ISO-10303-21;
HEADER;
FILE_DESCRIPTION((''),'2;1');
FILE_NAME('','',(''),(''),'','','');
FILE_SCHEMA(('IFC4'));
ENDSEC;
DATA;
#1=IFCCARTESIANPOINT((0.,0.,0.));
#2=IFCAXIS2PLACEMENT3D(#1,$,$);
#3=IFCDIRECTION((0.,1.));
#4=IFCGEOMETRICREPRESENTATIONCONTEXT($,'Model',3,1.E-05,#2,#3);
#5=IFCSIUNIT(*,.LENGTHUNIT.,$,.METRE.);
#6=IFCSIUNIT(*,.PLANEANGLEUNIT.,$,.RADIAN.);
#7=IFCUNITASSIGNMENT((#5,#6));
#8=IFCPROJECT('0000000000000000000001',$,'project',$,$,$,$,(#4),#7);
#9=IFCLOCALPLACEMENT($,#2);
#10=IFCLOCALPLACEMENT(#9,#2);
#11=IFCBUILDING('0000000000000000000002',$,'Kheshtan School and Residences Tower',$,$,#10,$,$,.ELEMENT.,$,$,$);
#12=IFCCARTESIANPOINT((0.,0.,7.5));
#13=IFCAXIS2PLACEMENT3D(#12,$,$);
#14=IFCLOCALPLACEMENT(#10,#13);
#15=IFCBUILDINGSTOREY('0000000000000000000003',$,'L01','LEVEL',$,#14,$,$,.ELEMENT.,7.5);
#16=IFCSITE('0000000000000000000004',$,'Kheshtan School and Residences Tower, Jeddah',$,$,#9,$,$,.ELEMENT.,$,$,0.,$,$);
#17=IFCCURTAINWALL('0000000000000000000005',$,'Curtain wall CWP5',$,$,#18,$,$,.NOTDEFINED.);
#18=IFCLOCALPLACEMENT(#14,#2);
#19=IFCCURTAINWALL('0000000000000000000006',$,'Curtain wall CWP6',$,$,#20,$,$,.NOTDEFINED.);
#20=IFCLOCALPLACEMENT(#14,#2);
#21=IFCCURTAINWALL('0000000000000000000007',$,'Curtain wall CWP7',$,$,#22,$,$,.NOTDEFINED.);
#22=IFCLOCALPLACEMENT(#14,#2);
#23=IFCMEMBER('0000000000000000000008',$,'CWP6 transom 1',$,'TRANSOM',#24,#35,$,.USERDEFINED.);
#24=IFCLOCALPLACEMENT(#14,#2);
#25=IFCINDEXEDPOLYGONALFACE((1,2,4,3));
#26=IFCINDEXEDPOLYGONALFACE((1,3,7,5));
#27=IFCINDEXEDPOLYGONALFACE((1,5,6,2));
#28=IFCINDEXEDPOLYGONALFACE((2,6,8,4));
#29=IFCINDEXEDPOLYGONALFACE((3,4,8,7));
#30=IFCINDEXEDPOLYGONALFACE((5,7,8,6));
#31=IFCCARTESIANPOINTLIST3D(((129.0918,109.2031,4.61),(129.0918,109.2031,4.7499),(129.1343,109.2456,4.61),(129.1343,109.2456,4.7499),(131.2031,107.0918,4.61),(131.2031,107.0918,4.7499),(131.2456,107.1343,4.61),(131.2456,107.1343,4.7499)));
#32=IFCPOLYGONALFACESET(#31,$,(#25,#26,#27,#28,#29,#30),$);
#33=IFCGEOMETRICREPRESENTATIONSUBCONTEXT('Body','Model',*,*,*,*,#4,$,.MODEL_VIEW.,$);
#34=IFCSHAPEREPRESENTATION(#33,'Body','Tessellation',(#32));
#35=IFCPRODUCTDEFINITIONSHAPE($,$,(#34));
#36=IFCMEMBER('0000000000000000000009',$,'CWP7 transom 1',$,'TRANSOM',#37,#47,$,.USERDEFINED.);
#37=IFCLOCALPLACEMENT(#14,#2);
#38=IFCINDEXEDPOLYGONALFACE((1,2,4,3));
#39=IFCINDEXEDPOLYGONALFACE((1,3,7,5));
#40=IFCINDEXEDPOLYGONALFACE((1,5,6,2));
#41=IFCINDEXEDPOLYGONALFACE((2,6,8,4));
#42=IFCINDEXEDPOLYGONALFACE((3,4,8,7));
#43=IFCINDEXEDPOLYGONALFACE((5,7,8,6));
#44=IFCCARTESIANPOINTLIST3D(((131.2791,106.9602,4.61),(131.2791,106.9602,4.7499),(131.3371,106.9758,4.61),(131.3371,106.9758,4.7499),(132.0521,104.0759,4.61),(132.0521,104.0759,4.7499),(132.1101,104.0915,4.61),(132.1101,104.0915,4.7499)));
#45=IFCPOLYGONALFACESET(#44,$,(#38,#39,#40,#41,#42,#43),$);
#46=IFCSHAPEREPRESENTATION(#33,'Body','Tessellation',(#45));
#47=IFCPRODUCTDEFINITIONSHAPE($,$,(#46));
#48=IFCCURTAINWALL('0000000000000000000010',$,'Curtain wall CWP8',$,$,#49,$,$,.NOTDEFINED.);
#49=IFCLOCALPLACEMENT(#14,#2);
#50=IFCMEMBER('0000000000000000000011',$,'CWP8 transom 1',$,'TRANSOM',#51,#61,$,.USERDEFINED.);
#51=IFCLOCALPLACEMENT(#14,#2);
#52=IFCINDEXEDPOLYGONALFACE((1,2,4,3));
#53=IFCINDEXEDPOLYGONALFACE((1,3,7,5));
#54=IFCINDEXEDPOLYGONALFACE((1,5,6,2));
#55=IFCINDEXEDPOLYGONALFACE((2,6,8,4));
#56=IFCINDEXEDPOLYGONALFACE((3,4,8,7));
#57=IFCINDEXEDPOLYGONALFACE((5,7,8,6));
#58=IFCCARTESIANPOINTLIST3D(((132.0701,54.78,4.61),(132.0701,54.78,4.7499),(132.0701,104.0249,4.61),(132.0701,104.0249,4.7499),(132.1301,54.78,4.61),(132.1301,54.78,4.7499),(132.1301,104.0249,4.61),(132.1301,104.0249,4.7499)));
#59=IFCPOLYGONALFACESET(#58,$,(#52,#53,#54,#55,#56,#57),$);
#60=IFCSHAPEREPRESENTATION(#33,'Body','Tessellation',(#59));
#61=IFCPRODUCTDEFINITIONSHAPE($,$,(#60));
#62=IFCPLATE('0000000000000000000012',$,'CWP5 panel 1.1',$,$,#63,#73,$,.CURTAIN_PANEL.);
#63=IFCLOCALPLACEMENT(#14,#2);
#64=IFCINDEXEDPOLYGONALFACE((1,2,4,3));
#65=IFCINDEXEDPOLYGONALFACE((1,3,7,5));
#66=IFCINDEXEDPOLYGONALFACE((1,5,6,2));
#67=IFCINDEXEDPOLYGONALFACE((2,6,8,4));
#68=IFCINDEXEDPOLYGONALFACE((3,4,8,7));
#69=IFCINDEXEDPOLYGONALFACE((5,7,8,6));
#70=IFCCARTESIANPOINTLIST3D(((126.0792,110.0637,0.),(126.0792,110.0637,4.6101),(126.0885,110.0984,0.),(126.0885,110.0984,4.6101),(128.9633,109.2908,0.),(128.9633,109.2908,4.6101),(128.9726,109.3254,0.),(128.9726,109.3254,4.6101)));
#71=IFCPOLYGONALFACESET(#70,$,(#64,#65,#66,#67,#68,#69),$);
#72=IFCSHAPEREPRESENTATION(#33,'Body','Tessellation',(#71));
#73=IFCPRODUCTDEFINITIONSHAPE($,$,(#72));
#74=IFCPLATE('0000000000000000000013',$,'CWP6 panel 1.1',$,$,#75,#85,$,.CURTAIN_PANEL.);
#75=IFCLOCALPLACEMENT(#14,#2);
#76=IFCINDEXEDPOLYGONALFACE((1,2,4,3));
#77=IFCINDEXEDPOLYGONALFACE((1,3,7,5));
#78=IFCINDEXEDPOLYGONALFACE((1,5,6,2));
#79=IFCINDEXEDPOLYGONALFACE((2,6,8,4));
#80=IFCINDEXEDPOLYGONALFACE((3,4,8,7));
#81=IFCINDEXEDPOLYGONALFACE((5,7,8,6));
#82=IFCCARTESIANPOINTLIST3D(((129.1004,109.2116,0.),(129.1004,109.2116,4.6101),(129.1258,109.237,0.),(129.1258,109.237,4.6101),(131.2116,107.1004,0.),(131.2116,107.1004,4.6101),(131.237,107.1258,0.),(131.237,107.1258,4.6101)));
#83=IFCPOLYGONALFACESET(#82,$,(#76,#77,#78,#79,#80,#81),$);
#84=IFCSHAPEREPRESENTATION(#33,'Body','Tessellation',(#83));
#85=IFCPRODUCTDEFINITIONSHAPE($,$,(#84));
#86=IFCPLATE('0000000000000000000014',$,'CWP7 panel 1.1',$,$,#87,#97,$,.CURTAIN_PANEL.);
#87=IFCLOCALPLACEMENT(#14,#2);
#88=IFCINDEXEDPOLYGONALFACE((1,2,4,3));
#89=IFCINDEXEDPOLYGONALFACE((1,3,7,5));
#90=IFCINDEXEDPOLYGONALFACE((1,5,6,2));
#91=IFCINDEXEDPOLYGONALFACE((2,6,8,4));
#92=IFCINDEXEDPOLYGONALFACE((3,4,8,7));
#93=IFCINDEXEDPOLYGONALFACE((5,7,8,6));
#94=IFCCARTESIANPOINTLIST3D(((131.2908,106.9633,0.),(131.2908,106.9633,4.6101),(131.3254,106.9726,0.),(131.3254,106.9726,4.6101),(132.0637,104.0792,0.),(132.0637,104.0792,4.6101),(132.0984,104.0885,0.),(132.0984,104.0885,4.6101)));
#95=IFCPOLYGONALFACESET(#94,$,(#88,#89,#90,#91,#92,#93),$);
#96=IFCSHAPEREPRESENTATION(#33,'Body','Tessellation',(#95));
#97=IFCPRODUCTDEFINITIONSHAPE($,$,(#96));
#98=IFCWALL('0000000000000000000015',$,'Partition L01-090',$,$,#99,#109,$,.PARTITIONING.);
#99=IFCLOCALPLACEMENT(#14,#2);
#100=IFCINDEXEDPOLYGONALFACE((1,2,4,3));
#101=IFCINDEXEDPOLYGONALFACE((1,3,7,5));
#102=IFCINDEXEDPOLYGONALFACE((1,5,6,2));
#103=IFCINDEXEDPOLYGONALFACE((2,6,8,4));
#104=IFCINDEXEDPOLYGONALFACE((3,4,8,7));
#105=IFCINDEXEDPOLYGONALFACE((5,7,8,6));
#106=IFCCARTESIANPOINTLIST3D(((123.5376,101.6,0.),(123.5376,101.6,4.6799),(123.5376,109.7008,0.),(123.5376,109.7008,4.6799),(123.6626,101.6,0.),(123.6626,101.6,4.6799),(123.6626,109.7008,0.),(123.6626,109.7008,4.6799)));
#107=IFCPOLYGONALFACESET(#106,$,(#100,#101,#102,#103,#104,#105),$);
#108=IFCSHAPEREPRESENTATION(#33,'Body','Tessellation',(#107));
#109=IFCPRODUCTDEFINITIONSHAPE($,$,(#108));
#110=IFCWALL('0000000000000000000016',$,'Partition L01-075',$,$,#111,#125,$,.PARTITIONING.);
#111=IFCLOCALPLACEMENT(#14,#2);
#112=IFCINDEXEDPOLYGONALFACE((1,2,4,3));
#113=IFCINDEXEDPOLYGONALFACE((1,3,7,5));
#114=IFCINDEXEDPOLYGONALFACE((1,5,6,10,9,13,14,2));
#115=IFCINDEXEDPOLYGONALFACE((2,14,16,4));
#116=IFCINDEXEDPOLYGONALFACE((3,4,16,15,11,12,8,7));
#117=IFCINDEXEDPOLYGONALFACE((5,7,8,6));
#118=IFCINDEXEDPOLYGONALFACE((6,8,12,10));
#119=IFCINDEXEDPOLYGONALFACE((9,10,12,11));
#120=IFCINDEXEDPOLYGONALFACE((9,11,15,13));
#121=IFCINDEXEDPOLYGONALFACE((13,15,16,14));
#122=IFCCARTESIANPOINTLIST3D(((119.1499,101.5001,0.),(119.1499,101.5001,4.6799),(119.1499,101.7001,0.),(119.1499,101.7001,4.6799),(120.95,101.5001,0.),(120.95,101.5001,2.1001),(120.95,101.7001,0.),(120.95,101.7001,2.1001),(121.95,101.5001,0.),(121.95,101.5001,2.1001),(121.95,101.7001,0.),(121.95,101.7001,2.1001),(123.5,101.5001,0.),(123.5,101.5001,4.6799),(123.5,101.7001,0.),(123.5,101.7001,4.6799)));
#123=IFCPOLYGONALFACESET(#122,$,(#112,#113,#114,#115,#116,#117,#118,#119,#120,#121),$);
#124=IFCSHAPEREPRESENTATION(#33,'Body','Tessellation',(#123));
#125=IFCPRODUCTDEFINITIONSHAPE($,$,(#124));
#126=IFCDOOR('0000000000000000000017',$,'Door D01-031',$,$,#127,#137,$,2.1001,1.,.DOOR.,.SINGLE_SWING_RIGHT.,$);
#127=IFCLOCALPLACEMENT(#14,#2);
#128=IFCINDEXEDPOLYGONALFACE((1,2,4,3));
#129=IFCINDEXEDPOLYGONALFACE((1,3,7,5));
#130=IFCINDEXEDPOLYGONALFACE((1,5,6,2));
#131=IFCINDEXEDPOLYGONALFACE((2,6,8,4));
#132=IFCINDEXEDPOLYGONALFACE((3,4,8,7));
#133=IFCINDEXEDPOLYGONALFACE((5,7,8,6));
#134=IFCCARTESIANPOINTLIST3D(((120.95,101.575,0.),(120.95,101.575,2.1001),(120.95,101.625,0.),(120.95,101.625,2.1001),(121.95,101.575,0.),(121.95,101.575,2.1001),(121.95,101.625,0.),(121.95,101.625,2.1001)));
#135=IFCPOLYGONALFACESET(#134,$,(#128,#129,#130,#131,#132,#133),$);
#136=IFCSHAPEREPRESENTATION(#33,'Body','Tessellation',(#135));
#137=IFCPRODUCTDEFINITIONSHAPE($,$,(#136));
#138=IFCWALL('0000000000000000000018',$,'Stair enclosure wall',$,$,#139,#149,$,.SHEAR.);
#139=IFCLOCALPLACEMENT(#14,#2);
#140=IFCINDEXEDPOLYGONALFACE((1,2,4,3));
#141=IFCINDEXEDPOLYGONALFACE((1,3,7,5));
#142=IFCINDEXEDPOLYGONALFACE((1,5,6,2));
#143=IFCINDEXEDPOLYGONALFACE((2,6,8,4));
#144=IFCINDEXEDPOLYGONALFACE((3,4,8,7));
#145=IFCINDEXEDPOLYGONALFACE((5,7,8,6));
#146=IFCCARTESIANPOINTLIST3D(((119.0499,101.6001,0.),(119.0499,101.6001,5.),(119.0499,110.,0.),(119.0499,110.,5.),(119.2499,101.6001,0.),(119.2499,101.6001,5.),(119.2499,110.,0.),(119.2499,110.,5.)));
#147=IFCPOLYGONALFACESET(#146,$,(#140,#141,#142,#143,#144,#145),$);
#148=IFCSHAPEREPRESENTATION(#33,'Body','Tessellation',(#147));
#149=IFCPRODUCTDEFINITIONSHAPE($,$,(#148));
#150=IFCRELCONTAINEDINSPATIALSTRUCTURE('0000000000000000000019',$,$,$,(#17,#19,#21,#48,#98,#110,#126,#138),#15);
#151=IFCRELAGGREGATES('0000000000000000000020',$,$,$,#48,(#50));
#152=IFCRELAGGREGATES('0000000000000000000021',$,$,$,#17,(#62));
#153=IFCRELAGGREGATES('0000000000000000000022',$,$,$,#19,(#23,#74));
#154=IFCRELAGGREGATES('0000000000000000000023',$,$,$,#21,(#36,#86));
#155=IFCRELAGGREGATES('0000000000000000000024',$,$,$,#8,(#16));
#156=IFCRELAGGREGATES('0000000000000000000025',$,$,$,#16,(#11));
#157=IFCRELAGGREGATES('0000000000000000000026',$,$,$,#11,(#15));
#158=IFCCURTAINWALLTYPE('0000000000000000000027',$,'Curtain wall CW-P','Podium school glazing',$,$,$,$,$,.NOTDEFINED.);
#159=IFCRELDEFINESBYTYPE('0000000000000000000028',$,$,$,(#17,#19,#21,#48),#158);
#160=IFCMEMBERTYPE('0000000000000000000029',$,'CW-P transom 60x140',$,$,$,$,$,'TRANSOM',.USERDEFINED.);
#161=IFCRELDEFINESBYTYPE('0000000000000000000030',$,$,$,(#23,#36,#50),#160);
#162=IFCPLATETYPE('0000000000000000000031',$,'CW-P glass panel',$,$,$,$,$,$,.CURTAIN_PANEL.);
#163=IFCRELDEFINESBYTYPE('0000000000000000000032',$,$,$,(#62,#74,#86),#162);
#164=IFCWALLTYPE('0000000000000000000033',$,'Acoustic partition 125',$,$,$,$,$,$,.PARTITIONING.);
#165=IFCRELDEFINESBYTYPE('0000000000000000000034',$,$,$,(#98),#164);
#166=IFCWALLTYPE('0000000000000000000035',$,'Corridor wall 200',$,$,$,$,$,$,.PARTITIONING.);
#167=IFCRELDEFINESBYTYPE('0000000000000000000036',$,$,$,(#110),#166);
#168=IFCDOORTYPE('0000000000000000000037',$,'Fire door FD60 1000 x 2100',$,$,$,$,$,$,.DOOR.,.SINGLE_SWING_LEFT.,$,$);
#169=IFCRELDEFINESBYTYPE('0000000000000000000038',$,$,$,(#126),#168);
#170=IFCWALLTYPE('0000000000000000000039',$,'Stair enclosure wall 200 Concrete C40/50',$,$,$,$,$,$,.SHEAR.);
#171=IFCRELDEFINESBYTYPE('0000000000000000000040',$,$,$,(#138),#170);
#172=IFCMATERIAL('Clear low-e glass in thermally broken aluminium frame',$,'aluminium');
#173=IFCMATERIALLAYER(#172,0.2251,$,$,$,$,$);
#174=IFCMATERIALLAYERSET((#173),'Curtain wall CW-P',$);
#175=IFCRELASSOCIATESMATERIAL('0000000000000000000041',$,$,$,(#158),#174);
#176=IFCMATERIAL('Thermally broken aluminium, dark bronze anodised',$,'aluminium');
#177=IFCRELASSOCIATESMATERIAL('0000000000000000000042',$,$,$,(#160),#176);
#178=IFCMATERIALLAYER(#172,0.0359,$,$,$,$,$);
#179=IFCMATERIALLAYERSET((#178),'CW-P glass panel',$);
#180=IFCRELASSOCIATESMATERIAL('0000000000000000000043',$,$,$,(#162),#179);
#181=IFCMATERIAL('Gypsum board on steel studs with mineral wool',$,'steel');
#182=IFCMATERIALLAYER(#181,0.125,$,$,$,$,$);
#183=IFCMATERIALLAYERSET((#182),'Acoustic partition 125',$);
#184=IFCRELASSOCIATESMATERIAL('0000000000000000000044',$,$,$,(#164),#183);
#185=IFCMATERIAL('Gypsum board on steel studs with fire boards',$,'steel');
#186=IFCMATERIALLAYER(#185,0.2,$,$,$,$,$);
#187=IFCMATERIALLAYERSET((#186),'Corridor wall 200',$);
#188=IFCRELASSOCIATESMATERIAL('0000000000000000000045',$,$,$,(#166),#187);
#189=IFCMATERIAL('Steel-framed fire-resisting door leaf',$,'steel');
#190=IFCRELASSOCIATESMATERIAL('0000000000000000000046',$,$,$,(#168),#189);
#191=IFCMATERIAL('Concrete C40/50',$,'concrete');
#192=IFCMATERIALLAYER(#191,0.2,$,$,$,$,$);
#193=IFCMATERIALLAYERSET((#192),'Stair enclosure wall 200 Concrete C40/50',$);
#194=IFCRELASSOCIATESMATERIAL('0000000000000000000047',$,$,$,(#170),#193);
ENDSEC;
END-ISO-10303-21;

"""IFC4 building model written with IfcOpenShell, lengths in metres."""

from ifc_helpers import new_model, si_unit, direction, frame, frame_2d, origin, origin_2d, place, context, subcontext, project, spatial, rectangle, extrude, source, transform, mapped, material, layer, layer_set, material_profile, profile_set, type_object, element, fill, aggregate, save


model = new_model("IFC4")

# Units and contexts
model_context = context("Model", 3, precision=1e-05, world=origin(), true_north=direction((0.0, 1.0)))
body_context = subcontext(model_context, "Body", "Model", "MODEL_VIEW")
ifc_project = project(units=[si_unit("LENGTHUNIT", "METRE"), si_unit("PLANEANGLEUNIT", "RADIAN")], contexts=[model_context])

# Site, building, storey
site_placement = place(None, origin())
site = spatial("IfcSite", under=ifc_project, at=site_placement, Name="Kheshtan School and Residences Tower, Jeddah", CompositionType="ELEMENT", RefElevation=0.0)
building_placement = place(site_placement, origin())
building = spatial("IfcBuilding", under=site, at=building_placement, Name="Kheshtan School and Residences Tower", CompositionType="ELEMENT")
storey_placement = place(building_placement, frame((0.0, 0.0, 7.5)))
storey = spatial("IfcBuildingStorey", under=building, at=storey_placement, Name="L01", Description="LEVEL", CompositionType="ELEMENT", Elevation=7.5)

# Curtain walls
ifc_material_1 = material(Name="Clear low-e glass in thermally broken aluminium frame", Category="aluminium")
ifc_layer_1 = layer(ifc_material_1, 0.2251)
ifc_layer_set_1 = layer_set([ifc_layer_1], Name="Curtain wall CW-P")
curtain_wall_type = type_object("IfcCurtainWallType", Name="Curtain wall CW-P", Description="Podium school glazing", PredefinedType="NOTDEFINED", material=ifc_layer_set_1)
curtain_wall_1_placement = place(storey_placement, origin())
curtain_wall_1 = element("IfcCurtainWall", 1, at=curtain_wall_1_placement, inside=storey, type_object=curtain_wall_type, Name="Curtain wall CWP5", PredefinedType="NOTDEFINED")
ifc_material_2 = material(Name="Thermally broken aluminium, dark bronze anodised", Category="aluminium")
curtain_wall_2_placement = place(storey_placement, origin())
curtain_wall_2 = element("IfcCurtainWall", 2, at=curtain_wall_2_placement, inside=storey, type_object=curtain_wall_type, Name="Curtain wall CWP6", PredefinedType="NOTDEFINED")
curtain_wall_3_placement = place(storey_placement, origin())
curtain_wall_3 = element("IfcCurtainWall", 3, at=curtain_wall_3_placement, inside=storey, type_object=curtain_wall_type, Name="Curtain wall CWP7", PredefinedType="NOTDEFINED")

# Members
ifc_material_profile_1 = material_profile(ifc_material_2, rectangle(XDim=0.0601, YDim=0.1399, at=origin_2d()), Name="CW-P transom 60x140")
ifc_profile_set_1 = profile_set([ifc_material_profile_1], Name="Thermally broken aluminium, dark bronze anodised")
member_type_1 = type_object("IfcMemberType", Name="CW-P transom 60x140", ElementType="TRANSOM", PredefinedType="USERDEFINED", material=ifc_profile_set_1)
member_1_placement = place(storey_placement, frame((129.113, 109.2244, 4.6799), z_axis=(0.707107, -0.707107, 0.0), x_axis=(0.707107, 0.707107, 0.0)))
member_1 = element("IfcMember", 4, at=member_1_placement, type_object=member_type_1, Name="CWP6 transom 1", ObjectType="TRANSOM", PredefinedType="USERDEFINED", context=body_context, shape_type="SweptSolid", body=[
    extrude(rectangle(XDim=0.0601, YDim=0.1399, at=origin_2d()), origin(), (0.0, 0.0, 1.0), 2.9858),
])
member_2_placement = place(storey_placement, frame((131.3081, 106.968, 4.6799), z_axis=(0.258853, -0.965917, 0.0), x_axis=(0.965917, 0.258853, 0.0)))
member_2 = element("IfcMember", 5, at=member_2_placement, type_object=member_type_1, Name="CWP7 transom 1", ObjectType="TRANSOM", PredefinedType="USERDEFINED", context=body_context, shape_type="SweptSolid", body=[
    extrude(rectangle(XDim=0.0601, YDim=0.1399, at=origin_2d()), origin(), (0.0, 0.0, 1.0), 2.9861),
])

# Curtain wall, member
curtain_wall_4_placement = place(storey_placement, origin())
curtain_wall_4 = element("IfcCurtainWall", 6, at=curtain_wall_4_placement, inside=storey, type_object=curtain_wall_type, Name="Curtain wall CWP8", PredefinedType="NOTDEFINED")
member_3_placement = place(storey_placement, frame((132.1001, 104.0249, 4.6799), z_axis=(0.0, -1.0, 0.0), x_axis=(1.0, 0.0, 0.0)))
member_3 = element("IfcMember", 7, at=member_3_placement, type_object=member_type_1, Name="CWP8 transom 1", ObjectType="TRANSOM", PredefinedType="USERDEFINED", context=body_context, shape_type="SweptSolid", body=[
    extrude(rectangle(XDim=0.0601, YDim=0.1399, at=origin_2d()), origin(), (0.0, 0.0, 1.0), 49.2449),
])
aggregate(curtain_wall_4, [member_3])

# Plates
ifc_layer_2 = layer(ifc_material_1, 0.0359)
ifc_layer_set_2 = layer_set([ifc_layer_2], Name="CW-P glass panel")
plate_type = type_object("IfcPlateType", Name="CW-P glass panel", PredefinedType="CURTAIN_PANEL", material=ifc_layer_set_2)
plate_1_placement = place(storey_placement, frame((127.5259, 109.6946, 0.0), z_axis=(0.0, 0.0, 1.0), x_axis=(0.965914, -0.258865, 0.0)))
plate_1 = element("IfcPlate", 8, at=plate_1_placement, type_object=plate_type, Name="CWP5 panel 1.1", PredefinedType="CURTAIN_PANEL", context=body_context, shape_type="SweptSolid", body=[
    extrude(rectangle(XDim=2.9858, YDim=0.0359, at=origin_2d()), origin(), (0.0, 0.0, 1.0), 4.6101),
])
aggregate(curtain_wall_1, [plate_1])
plate_2_placement = place(storey_placement, frame((130.1687, 108.1687, 0.0), z_axis=(0.0, 0.0, 1.0), x_axis=(0.707107, -0.707107, 0.0)))
plate_2 = element("IfcPlate", 9, at=plate_2_placement, type_object=plate_type, Name="CWP6 panel 1.1", PredefinedType="CURTAIN_PANEL", context=body_context, shape_type="SweptSolid", body=[
    extrude(rectangle(XDim=2.9856, YDim=0.0359, at=origin_2d()), origin(), (0.0, 0.0, 1.0), 4.6101),
])
aggregate(curtain_wall_2, [member_1, plate_2])
plate_3_placement = place(storey_placement, frame((131.6946, 105.5259, 0.0), z_axis=(0.0, 0.0, 1.0), x_axis=(0.258865, -0.965914, 0.0)))
plate_3 = element("IfcPlate", 10, at=plate_3_placement, type_object=plate_type, Name="CWP7 panel 1.1", PredefinedType="CURTAIN_PANEL", context=body_context, shape_type="SweptSolid", body=[
    extrude(rectangle(XDim=2.9858, YDim=0.0359, at=origin_2d()), origin(), (0.0, 0.0, 1.0), 4.6101),
])
aggregate(curtain_wall_3, [member_2, plate_3])

# Wall
ifc_material_3 = material(Name="Gypsum board on steel studs with mineral wool", Category="steel")
ifc_layer_3 = layer(ifc_material_3, 0.125)
ifc_layer_set_3 = layer_set([ifc_layer_3], Name="Acoustic partition 125")
wall_type_1 = type_object("IfcWallType", Name="Acoustic partition 125", PredefinedType="PARTITIONING", material=ifc_layer_set_3)
wall_1_placement = place(storey_placement, frame((123.6001, 101.6001, 0.0), z_axis=(0.0, 0.0, 1.0), x_axis=(0.0, 1.0, 0.0)))
element("IfcWall", 11, at=wall_1_placement, inside=storey, type_object=wall_type_1, Name="Partition L01-090", PredefinedType="PARTITIONING", context=body_context, shape_type="SweptSolid", body=[
    extrude(rectangle(XDim=8.1008, YDim=0.125, at=frame_2d((4.0503, 0.0))), origin(), (0.0, 0.0, 1.0), 4.6799),
])

# Wall, opening, door
ifc_material_4 = material(Name="Gypsum board on steel studs with fire boards", Category="steel")
ifc_layer_4 = layer(ifc_material_4, 0.2)
ifc_layer_set_4 = layer_set([ifc_layer_4], Name="Corridor wall 200")
wall_type_2 = type_object("IfcWallType", Name="Corridor wall 200", PredefinedType="PARTITIONING", material=ifc_layer_set_4)
wall_2_placement = place(storey_placement, frame((119.1499, 101.6001, 0.0), z_axis=(0.0, 0.0, 1.0), x_axis=(1.0, 0.0, 0.0)))
wall_2 = element("IfcWall", 12, at=wall_2_placement, inside=storey, type_object=wall_type_2, Name="Partition L01-075", PredefinedType="PARTITIONING", context=body_context, shape_type="SweptSolid", body=[
    extrude(rectangle(XDim=4.3501, YDim=0.2, at=frame_2d((2.175, 0.0))), origin(), (0.0, 0.0, 1.0), 4.6799),
])
opening_placement = place(wall_2_placement, frame((1.8, 0.0, 0.0)))
opening = element("IfcOpeningElement", 13, at=opening_placement, cuts=wall_2, PredefinedType="OPENING", context=body_context, shape_type="SweptSolid", body=[
    extrude(rectangle(XDim=1.0, YDim=2.1001, at=frame_2d((0.5, 1.05))), frame((0.0, 0.1099, 0.0), z_axis=(0.0, -1.0, 0.0), x_axis=(1.0, 0.0, 0.0)), (0.0, 0.0, 1.0), 0.22),
])
ifc_material_5 = material(Name="Steel-framed fire-resisting door leaf", Category="steel")
door_type = type_object("IfcDoorType", Name="Fire door FD60 1000 x 2100", OperationType="SINGLE_SWING_LEFT", PredefinedType="DOOR", material=ifc_material_5)
shared_shape = source(origin(), body_context, "Body", "SweptSolid", [
    extrude(rectangle(XDim=1.0, YDim=2.1001, at=frame_2d((0.5, 1.05))), frame((0.0, 0.0249, 0.0), z_axis=(0.0, -1.0, 0.0), x_axis=(1.0, 0.0, 0.0)), (0.0, 0.0, 1.0), 0.05),
])
door_placement = place(opening_placement, origin())
door = element("IfcDoor", 14, at=door_placement, inside=storey, type_object=door_type, Name="Door D01-031", OperationType="SINGLE_SWING_RIGHT", OverallHeight=2.1001, OverallWidth=1.0, PredefinedType="DOOR", context=body_context, shape_type="MappedRepresentation", body=[
    mapped(shared_shape, transform((0.0, 0.0, 0.0), x_axis=(1.0, 0.0, 0.0), y_axis=(0.0, 1.0, 0.0), z_axis=(0.0, 0.0, 1.0), scale=1.0)),
])
fill(opening, door)

# Wall
ifc_material_6 = material(Name="Concrete C40/50", Category="concrete")
ifc_layer_5 = layer(ifc_material_6, 0.2)
ifc_layer_set_5 = layer_set([ifc_layer_5], Name="Stair enclosure wall 200 Concrete C40/50")
wall_type_3 = type_object("IfcWallType", Name="Stair enclosure wall 200 Concrete C40/50", PredefinedType="SHEAR", material=ifc_layer_set_5)
wall_3_placement = place(storey_placement, frame((119.1499, 101.6001, 0.0), z_axis=(0.0, 0.0, 1.0), x_axis=(0.0, 1.0, 0.0)))
element("IfcWall", 15, at=wall_3_placement, inside=storey, type_object=wall_type_3, Name="Stair enclosure wall", PredefinedType="SHEAR", context=body_context, shape_type="SweptSolid", body=[
    extrude(rectangle(XDim=8.3999, YDim=0.2, at=frame_2d((4.2, 0.0))), origin(), (0.0, 0.0, 1.0), 5.0),
])

save(model, "model.ifc")
